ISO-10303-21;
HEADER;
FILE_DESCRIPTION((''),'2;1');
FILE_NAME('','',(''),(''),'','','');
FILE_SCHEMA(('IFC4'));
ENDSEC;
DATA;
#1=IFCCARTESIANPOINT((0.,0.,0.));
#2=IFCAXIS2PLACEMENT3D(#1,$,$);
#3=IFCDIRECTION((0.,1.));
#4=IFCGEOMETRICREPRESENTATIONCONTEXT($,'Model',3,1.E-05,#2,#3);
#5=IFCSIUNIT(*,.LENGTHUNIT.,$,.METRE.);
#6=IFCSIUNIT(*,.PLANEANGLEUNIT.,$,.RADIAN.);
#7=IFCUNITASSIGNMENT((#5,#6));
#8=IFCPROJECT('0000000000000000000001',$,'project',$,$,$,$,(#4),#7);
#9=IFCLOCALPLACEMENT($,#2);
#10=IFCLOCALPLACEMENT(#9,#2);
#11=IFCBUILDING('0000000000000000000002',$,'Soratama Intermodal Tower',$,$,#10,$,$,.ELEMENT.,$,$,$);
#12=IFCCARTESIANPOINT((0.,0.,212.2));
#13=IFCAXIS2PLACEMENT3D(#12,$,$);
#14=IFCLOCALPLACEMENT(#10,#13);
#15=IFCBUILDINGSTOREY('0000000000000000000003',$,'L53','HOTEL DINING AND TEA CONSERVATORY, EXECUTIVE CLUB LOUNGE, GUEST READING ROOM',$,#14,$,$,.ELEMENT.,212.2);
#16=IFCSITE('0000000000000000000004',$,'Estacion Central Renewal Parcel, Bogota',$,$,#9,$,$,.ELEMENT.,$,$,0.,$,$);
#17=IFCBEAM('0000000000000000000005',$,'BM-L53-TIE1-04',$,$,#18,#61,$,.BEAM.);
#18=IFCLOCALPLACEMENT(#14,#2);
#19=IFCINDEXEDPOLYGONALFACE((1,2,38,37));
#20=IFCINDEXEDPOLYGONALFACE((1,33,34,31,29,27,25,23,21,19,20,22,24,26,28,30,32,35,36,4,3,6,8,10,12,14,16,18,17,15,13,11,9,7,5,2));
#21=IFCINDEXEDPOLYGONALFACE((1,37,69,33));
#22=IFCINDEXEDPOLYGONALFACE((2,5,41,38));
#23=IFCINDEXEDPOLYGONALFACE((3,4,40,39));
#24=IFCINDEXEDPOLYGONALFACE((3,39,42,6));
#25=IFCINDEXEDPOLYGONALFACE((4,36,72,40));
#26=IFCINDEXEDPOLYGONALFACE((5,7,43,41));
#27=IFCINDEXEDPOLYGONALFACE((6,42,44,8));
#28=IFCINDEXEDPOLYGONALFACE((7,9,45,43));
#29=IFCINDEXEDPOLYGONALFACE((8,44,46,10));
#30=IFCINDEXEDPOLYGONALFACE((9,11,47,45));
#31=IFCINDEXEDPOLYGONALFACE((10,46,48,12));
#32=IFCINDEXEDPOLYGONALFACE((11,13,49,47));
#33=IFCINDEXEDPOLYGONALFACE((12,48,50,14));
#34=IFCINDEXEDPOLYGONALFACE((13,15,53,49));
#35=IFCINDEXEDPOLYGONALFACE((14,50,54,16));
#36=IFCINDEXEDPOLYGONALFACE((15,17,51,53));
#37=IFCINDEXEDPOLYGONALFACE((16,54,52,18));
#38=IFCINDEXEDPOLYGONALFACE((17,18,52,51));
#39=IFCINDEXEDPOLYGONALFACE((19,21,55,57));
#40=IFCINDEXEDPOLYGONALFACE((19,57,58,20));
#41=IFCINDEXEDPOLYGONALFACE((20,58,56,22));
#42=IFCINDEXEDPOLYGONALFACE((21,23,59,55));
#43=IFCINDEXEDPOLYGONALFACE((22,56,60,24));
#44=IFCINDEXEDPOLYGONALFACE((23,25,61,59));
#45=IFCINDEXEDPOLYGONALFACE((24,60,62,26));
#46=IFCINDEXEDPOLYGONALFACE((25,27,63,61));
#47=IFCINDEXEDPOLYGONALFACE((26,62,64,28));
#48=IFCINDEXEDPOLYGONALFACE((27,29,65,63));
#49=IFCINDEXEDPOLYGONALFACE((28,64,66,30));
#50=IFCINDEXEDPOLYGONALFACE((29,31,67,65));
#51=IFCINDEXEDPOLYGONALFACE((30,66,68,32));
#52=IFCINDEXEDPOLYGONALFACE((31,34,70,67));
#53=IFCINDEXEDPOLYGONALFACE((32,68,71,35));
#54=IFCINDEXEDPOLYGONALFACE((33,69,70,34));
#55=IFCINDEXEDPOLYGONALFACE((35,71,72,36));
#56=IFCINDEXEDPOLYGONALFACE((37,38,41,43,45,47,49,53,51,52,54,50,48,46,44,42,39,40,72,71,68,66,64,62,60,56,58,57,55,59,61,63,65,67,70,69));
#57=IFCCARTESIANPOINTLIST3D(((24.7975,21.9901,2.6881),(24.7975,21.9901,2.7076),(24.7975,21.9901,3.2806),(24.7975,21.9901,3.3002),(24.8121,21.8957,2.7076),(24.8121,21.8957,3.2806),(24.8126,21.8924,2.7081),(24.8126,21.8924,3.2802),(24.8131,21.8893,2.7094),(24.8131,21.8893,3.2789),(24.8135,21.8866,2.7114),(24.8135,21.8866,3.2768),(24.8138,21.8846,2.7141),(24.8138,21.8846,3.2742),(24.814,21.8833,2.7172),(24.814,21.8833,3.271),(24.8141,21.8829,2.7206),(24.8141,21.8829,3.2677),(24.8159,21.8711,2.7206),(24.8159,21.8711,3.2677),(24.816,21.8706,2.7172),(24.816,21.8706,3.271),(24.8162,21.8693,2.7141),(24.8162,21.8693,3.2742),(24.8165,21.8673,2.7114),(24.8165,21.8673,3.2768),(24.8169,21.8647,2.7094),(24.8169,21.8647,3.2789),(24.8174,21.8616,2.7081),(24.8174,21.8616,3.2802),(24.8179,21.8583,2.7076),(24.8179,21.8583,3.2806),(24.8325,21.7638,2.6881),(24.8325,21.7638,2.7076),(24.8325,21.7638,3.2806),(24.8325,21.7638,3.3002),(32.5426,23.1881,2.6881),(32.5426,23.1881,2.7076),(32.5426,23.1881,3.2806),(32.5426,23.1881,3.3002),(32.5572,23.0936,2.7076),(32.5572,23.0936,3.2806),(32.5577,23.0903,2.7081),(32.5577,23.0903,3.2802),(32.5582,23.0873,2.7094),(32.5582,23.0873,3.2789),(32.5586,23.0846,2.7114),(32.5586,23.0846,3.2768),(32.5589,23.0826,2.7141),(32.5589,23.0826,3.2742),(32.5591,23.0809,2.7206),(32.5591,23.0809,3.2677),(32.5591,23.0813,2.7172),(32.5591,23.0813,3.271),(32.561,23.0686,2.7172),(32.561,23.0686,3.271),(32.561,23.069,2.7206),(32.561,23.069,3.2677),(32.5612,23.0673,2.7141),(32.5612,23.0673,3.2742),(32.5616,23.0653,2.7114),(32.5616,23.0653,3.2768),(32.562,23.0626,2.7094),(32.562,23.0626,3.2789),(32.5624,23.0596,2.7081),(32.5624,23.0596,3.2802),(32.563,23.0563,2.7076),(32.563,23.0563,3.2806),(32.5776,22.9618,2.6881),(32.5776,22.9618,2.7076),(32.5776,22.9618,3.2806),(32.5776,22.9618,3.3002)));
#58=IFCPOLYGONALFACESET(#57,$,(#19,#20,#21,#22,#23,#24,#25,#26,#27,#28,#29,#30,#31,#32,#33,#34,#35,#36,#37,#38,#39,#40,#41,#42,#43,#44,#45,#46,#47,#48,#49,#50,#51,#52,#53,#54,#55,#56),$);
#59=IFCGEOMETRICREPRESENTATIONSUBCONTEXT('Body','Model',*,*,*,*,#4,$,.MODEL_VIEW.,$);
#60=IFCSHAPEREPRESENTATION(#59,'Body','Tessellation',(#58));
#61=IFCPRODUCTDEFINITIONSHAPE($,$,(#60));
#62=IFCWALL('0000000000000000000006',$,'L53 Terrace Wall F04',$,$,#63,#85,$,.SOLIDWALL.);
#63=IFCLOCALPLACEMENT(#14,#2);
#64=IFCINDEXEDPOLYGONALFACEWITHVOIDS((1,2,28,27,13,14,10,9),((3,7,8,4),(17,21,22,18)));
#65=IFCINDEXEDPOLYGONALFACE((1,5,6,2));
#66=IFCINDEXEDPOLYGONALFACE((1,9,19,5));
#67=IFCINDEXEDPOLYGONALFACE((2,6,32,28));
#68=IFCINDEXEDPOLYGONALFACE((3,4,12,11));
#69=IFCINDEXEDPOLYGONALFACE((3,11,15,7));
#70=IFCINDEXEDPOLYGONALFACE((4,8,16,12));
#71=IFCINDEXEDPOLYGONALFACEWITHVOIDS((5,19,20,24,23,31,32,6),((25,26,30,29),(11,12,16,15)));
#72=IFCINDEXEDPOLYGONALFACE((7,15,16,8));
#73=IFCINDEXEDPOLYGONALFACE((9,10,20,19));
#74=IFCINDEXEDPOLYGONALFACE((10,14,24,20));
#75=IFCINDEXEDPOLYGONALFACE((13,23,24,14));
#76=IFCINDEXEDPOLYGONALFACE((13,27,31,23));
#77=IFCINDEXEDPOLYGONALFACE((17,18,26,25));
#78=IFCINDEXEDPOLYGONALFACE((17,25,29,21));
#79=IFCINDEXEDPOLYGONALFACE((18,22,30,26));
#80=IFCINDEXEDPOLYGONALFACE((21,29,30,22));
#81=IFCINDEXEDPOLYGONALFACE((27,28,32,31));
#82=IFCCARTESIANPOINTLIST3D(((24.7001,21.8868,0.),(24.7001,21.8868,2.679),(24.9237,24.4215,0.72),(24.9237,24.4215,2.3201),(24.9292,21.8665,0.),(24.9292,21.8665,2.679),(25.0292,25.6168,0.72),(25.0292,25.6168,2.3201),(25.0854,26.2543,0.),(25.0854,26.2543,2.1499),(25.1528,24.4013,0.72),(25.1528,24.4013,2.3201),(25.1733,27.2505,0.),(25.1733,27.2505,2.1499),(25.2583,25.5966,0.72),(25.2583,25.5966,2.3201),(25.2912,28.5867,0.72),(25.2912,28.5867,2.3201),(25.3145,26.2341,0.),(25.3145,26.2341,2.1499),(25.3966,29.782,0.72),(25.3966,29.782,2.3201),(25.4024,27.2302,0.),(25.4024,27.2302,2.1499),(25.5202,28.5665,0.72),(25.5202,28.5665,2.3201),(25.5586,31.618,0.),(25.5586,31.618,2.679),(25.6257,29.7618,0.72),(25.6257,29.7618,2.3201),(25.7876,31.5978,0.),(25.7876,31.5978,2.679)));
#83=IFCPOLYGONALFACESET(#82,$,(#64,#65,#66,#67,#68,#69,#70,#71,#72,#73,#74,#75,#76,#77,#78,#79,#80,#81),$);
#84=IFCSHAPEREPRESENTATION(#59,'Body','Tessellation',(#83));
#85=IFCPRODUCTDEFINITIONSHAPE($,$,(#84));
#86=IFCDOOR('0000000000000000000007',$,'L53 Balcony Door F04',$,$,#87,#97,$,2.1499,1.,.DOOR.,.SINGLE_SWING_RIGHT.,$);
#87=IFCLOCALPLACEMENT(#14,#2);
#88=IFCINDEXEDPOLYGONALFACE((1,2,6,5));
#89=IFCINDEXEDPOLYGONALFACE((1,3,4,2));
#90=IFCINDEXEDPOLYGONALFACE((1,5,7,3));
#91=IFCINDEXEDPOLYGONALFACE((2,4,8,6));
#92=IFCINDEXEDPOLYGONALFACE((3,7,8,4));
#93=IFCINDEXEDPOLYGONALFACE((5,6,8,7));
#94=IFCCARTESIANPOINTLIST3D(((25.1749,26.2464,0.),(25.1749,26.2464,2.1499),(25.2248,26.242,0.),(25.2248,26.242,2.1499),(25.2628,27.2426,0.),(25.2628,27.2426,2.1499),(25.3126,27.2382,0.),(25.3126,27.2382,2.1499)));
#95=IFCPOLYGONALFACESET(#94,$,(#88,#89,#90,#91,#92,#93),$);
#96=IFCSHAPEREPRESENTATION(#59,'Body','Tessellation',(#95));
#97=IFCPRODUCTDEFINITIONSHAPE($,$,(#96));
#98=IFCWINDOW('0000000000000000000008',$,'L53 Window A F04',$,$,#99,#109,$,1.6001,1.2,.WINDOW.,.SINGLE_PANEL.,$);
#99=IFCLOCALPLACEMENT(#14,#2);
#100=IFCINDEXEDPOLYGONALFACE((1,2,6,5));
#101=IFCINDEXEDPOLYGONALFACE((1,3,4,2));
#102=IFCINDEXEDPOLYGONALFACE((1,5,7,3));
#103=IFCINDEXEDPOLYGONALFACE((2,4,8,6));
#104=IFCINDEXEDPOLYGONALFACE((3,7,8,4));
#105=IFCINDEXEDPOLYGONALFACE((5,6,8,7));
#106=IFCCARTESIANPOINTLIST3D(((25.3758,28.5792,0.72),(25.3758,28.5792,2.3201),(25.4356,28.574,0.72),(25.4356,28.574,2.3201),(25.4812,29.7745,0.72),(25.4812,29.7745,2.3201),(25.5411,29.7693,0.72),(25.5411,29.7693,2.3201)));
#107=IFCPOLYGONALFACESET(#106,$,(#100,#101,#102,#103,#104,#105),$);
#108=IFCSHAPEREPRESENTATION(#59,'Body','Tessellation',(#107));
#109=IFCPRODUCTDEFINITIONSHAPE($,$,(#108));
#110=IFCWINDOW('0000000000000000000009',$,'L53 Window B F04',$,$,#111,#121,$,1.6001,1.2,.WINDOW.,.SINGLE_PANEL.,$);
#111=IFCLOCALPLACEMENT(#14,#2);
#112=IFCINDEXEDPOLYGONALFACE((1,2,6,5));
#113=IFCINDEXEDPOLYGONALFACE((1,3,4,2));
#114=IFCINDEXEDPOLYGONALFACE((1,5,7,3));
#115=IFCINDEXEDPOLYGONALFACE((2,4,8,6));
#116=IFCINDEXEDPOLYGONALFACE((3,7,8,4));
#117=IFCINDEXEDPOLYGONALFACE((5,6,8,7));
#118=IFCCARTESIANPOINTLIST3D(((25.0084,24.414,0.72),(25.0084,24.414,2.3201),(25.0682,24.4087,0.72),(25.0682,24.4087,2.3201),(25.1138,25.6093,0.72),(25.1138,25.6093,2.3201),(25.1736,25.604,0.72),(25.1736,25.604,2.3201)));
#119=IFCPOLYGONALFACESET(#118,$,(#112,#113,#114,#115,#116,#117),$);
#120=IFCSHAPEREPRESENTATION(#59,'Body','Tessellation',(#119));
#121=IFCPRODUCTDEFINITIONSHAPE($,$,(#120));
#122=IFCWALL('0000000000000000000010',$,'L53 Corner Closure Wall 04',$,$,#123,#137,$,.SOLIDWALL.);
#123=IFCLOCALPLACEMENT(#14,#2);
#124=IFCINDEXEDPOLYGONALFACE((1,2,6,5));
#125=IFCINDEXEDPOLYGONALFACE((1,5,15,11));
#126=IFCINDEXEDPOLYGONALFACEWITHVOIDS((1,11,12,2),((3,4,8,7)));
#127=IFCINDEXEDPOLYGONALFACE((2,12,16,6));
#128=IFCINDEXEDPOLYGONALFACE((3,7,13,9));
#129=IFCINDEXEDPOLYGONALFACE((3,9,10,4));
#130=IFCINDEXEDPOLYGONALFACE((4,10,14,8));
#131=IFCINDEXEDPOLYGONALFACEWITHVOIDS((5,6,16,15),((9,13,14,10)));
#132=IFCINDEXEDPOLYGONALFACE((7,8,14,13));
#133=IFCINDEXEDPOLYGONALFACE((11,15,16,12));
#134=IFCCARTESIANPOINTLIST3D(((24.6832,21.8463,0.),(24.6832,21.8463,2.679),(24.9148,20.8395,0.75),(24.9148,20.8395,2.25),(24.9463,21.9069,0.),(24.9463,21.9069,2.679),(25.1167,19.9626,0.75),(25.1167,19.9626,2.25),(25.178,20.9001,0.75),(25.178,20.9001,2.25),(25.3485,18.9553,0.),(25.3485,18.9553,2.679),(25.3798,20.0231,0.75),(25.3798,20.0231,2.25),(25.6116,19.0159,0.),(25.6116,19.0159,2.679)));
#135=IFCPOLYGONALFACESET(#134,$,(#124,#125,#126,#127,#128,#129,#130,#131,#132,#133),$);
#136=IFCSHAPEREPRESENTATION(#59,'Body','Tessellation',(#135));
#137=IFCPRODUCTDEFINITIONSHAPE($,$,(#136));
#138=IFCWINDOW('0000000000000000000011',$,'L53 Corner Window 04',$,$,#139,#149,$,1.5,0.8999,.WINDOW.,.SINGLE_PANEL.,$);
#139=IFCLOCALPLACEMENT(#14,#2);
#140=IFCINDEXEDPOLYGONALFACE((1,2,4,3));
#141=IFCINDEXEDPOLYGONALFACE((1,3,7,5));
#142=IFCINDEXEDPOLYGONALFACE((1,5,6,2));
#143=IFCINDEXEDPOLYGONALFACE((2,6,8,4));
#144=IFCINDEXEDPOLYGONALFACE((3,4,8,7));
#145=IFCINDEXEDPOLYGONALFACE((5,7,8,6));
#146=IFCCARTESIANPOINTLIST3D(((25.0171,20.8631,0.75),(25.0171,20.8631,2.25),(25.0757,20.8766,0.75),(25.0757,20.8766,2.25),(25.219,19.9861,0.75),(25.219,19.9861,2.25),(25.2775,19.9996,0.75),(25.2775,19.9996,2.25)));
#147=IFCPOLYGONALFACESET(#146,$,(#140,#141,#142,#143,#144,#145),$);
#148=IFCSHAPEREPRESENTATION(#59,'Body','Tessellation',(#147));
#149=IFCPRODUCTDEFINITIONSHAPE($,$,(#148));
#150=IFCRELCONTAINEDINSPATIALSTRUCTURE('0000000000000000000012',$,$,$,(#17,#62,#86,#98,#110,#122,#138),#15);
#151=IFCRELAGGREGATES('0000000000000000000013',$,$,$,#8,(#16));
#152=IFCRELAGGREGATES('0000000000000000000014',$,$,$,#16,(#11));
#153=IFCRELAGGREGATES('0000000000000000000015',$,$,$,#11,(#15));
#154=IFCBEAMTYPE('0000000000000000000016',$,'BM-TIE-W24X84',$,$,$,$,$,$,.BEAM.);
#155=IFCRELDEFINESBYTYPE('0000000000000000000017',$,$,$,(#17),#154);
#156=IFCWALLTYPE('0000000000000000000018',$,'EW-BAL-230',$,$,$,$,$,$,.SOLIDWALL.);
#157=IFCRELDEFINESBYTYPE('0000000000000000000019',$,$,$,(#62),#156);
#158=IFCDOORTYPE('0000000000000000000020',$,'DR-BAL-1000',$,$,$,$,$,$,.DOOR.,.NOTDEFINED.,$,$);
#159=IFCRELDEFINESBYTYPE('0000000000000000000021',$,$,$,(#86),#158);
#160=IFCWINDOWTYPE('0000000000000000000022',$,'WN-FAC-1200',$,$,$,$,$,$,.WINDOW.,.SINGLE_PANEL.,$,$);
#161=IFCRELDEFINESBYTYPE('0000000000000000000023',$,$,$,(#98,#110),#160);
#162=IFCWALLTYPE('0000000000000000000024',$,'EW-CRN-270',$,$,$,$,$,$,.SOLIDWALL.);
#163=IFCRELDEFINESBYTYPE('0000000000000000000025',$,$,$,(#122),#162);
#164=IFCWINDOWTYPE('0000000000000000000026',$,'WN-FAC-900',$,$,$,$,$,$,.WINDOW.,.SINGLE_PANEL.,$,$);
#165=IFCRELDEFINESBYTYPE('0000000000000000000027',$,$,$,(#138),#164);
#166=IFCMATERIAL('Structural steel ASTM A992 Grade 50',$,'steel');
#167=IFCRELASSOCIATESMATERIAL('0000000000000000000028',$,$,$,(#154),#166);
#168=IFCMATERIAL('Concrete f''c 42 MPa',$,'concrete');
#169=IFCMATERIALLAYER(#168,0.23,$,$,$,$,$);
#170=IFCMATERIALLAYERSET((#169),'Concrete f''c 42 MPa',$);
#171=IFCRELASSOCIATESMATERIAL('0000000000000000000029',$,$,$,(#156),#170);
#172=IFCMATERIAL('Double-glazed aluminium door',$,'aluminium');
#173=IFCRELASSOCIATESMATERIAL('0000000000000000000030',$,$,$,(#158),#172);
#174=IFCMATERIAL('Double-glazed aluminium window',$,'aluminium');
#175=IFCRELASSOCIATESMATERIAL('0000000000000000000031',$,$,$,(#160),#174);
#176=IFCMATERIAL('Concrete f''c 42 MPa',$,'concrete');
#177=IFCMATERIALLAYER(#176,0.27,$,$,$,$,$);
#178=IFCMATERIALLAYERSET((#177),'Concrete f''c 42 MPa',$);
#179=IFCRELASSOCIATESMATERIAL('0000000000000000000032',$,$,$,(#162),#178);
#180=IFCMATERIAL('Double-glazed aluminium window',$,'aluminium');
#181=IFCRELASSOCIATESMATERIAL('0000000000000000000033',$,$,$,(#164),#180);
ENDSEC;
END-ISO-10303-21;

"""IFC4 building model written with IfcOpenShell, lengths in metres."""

from ifc_helpers import new_model, si_unit, direction, frame, frame_2d, origin, origin_2d, place, context, subcontext, project, spatial, rectangle, i_section, extrude, material, layer, layer_set, material_profile, profile_set, type_object, element, fill, save


model = new_model("IFC4")

# Units and contexts
model_context = context("Model", 3, precision=1e-05, world=origin(), true_north=direction((0.0, 1.0)))
body_context = subcontext(model_context, "Body", "Model", "MODEL_VIEW")
ifc_project = project(units=[si_unit("LENGTHUNIT", "METRE"), si_unit("PLANEANGLEUNIT", "RADIAN")], contexts=[model_context])

# Site, building, storey
site_placement = place(None, origin())
site = spatial("IfcSite", under=ifc_project, at=site_placement, Name="Estacion Central Renewal Parcel, Bogota", CompositionType="ELEMENT", RefElevation=0.0)
building_placement = place(site_placement, origin())
building = spatial("IfcBuilding", under=site, at=building_placement, Name="Soratama Intermodal Tower", CompositionType="ELEMENT")
storey_placement = place(building_placement, frame((0.0, 0.0, 212.2)))
storey = spatial("IfcBuildingStorey", under=building, at=storey_placement, Name="L53", Description="HOTEL DINING AND TEA CONSERVATORY, EXECUTIVE CLUB LOUNGE, GUEST READING ROOM", CompositionType="ELEMENT", Elevation=212.2)

# Beam
ifc_material_1 = material(Name="Structural steel ASTM A992 Grade 50", Category="steel")
ifc_material_profile_1 = material_profile(ifc_material_1, i_section(OverallWidth=0.229, OverallDepth=0.6121, WebThickness=0.012, FlangeThickness=0.0195, FilletRadius=0.0129, at=origin_2d()), Name="W24X84")
ifc_profile_set_1 = profile_set([ifc_material_profile_1], Name="Structural steel ASTM A992 Grade 50")
beam_type_1 = type_object("IfcBeamType", Name="BM-TIE-W24X84", PredefinedType="BEAM", material=ifc_profile_set_1)
beam_1_placement = place(storey_placement, frame((32.5601, 23.075, 2.9941), z_axis=(-0.988248, -0.15286, 0.0), x_axis=(0.15286, -0.988248, 0.0)))
element("IfcBeam", 1, at=beam_1_placement, inside=storey, type_object=beam_type_1, Name="BM-L53-TIE1-04", PredefinedType="BEAM", context=body_context, shape_type="SweptSolid", body=[
    extrude(i_section(OverallWidth=0.229, OverallDepth=0.6121, WebThickness=0.012, FlangeThickness=0.0195, FilletRadius=0.0129, at=origin_2d()), origin(), (0.0, 0.0, 1.0), 7.8372),
])

# Wall, openings, door, windows
ifc_material_2 = material(Name="Concrete f'c 42 MPa", Category="concrete")
ifc_layer_1 = layer(ifc_material_2, 0.23)
ifc_layer_set_1 = layer_set([ifc_layer_1], Name="Concrete f'c 42 MPa")
wall_type_1 = type_object("IfcWallType", Name="EW-BAL-230", PredefinedType="SOLIDWALL", material=ifc_layer_set_1)
wall_1_placement = place(storey_placement, frame((25.6731, 31.6079, 0.0), z_axis=(0.0, 0.0, 1.0), x_axis=(-0.08787, -0.996132, 0.0)))
wall_1 = element("IfcWall", 2, at=wall_1_placement, inside=storey, type_object=wall_type_1, Name="L53 Terrace Wall F04", PredefinedType="SOLIDWALL", context=body_context, shape_type="SweptSolid", body=[
    extrude(rectangle(XDim=9.769, YDim=0.23, at=frame_2d((4.8845, 0.0))), origin(), (0.0, 0.0, 1.0), 2.679),
])
opening_1_placement = place(wall_1_placement, frame((4.3845, 0.0, 0.0)))
opening_1 = element("IfcOpeningElement", 3, at=opening_1_placement, cuts=wall_1, PredefinedType="OPENING", context=body_context, shape_type="SweptSolid", body=[
    extrude(rectangle(XDim=1.0, YDim=2.1499, at=frame_2d((0.5, 1.075))), frame((0.0, 0.125, 0.0), z_axis=(0.0, -1.0, 0.0), x_axis=(1.0, 0.0, 0.0)), (0.0, 0.0, 1.0), 0.25),
])
opening_2_placement = place(wall_1_placement, frame((1.843, 0.0, 0.72)))
opening_2 = element("IfcOpeningElement", 4, at=opening_2_placement, cuts=wall_1, PredefinedType="OPENING", context=body_context, shape_type="SweptSolid", body=[
    extrude(rectangle(XDim=1.2, YDim=1.6001, at=frame_2d((0.6001, 0.8))), frame((0.0, 0.125, 0.0), z_axis=(0.0, -1.0, 0.0), x_axis=(1.0, 0.0, 0.0)), (0.0, 0.0, 1.0), 0.25),
])
opening_3_placement = place(wall_1_placement, frame((6.0244, 0.0, 0.72)))
opening_3 = element("IfcOpeningElement", 5, at=opening_3_placement, cuts=wall_1, PredefinedType="OPENING", context=body_context, shape_type="SweptSolid", body=[
    extrude(rectangle(XDim=1.2, YDim=1.6001, at=frame_2d((0.6001, 0.8))), frame((0.0, 0.125, 0.0), z_axis=(0.0, -1.0, 0.0), x_axis=(1.0, 0.0, 0.0)), (0.0, 0.0, 1.0), 0.25),
])
ifc_material_3 = material(Name="Double-glazed aluminium door", Category="aluminium")
door_type_1 = type_object("IfcDoorType", Name="DR-BAL-1000", OperationType="NOTDEFINED", PredefinedType="DOOR", material=ifc_material_3)
door_1_placement = place(opening_1_placement, origin())
door_1 = element("IfcDoor", 6, at=door_1_placement, inside=storey, type_object=door_type_1, Name="L53 Balcony Door F04", OperationType="SINGLE_SWING_RIGHT", OverallHeight=2.1499, OverallWidth=1.0, PredefinedType="DOOR", context=body_context, shape_type="SweptSolid", body=[
    extrude(rectangle(XDim=1.0, YDim=2.1499, at=frame_2d((0.5, 1.075))), frame((0.0, 0.0249, 0.0), z_axis=(0.0, -1.0, 0.0), x_axis=(1.0, 0.0, 0.0)), (0.0, 0.0, 1.0), 0.05),
])
fill(opening_1, door_1)
ifc_material_4 = material(Name="Double-glazed aluminium window", Category="aluminium")
window_type_1 = type_object("IfcWindowType", Name="WN-FAC-1200", PartitioningType="SINGLE_PANEL", PredefinedType="WINDOW", material=ifc_material_4)
window_1_placement = place(opening_2_placement, origin())
window_1 = element("IfcWindow", 7, at=window_1_placement, inside=storey, type_object=window_type_1, Name="L53 Window A F04", OverallHeight=1.6001, OverallWidth=1.2, PartitioningType="SINGLE_PANEL", PredefinedType="WINDOW", context=body_context, shape_type="SweptSolid", body=[
    extrude(rectangle(XDim=1.2, YDim=1.6001, at=frame_2d((0.6001, 0.8))), frame((0.0, 0.03, 0.0), z_axis=(0.0, -1.0, 0.0), x_axis=(1.0, 0.0, 0.0)), (0.0, 0.0, 1.0), 0.0601),
])
fill(opening_2, window_1)
window_2_placement = place(opening_3_placement, origin())
window_2 = element("IfcWindow", 8, at=window_2_placement, inside=storey, type_object=window_type_1, Name="L53 Window B F04", OverallHeight=1.6001, OverallWidth=1.2, PartitioningType="SINGLE_PANEL", PredefinedType="WINDOW", context=body_context, shape_type="SweptSolid", body=[
    extrude(rectangle(XDim=1.2, YDim=1.6001, at=frame_2d((0.6001, 0.8))), frame((0.0, 0.03, 0.0), z_axis=(0.0, -1.0, 0.0), x_axis=(1.0, 0.0, 0.0)), (0.0, 0.0, 1.0), 0.0601),
])
fill(opening_3, window_2)

# Wall, opening, window
ifc_material_5 = material(Name="Concrete f'c 42 MPa", Category="concrete")
ifc_layer_2 = layer(ifc_material_5, 0.27)
ifc_layer_set_2 = layer_set([ifc_layer_2], Name="Concrete f'c 42 MPa")
wall_type_2 = type_object("IfcWallType", Name="EW-CRN-270", PredefinedType="SOLIDWALL", material=ifc_layer_set_2)
wall_2_placement = place(storey_placement, frame((24.8147, 21.8767, 0.0), z_axis=(0.0, 0.0, 1.0), x_axis=(0.22427, -0.974527, 0.0)))
wall_2 = element("IfcWall", 9, at=wall_2_placement, inside=storey, type_object=wall_type_2, Name="L53 Corner Closure Wall 04", PredefinedType="SOLIDWALL", context=body_context, shape_type="SweptSolid", body=[
    extrude(rectangle(XDim=2.9666, YDim=0.27, at=frame_2d((1.4834, 0.0))), origin(), (0.0, 0.0, 1.0), 2.679),
])
opening_4_placement = place(wall_2_placement, frame((1.0332, 0.0, 0.75)))
opening_4 = element("IfcOpeningElement", 10, at=opening_4_placement, cuts=wall_2, PredefinedType="OPENING", context=body_context, shape_type="SweptSolid", body=[
    extrude(rectangle(XDim=0.8999, YDim=1.5, at=frame_2d((0.45, 0.75))), frame((0.0, 0.145, 0.0), z_axis=(0.0, -1.0, 0.0), x_axis=(1.0, 0.0, 0.0)), (0.0, 0.0, 1.0), 0.29),
])
ifc_material_6 = material(Name="Double-glazed aluminium window", Category="aluminium")
window_type_2 = type_object("IfcWindowType", Name="WN-FAC-900", PartitioningType="SINGLE_PANEL", PredefinedType="WINDOW", material=ifc_material_6)
window_3_placement = place(opening_4_placement, origin())
window_3 = element("IfcWindow", 11, at=window_3_placement, inside=storey, type_object=window_type_2, Name="L53 Corner Window 04", OverallHeight=1.5, OverallWidth=0.8999, PartitioningType="SINGLE_PANEL", PredefinedType="WINDOW", context=body_context, shape_type="SweptSolid", body=[
    extrude(rectangle(XDim=0.8999, YDim=1.5, at=frame_2d((0.45, 0.75))), frame((0.0, 0.03, 0.0), z_axis=(0.0, -1.0, 0.0), x_axis=(1.0, 0.0, 0.0)), (0.0, 0.0, 1.0), 0.0601),
])
fill(opening_4, window_3)

save(model, "model.ifc")
